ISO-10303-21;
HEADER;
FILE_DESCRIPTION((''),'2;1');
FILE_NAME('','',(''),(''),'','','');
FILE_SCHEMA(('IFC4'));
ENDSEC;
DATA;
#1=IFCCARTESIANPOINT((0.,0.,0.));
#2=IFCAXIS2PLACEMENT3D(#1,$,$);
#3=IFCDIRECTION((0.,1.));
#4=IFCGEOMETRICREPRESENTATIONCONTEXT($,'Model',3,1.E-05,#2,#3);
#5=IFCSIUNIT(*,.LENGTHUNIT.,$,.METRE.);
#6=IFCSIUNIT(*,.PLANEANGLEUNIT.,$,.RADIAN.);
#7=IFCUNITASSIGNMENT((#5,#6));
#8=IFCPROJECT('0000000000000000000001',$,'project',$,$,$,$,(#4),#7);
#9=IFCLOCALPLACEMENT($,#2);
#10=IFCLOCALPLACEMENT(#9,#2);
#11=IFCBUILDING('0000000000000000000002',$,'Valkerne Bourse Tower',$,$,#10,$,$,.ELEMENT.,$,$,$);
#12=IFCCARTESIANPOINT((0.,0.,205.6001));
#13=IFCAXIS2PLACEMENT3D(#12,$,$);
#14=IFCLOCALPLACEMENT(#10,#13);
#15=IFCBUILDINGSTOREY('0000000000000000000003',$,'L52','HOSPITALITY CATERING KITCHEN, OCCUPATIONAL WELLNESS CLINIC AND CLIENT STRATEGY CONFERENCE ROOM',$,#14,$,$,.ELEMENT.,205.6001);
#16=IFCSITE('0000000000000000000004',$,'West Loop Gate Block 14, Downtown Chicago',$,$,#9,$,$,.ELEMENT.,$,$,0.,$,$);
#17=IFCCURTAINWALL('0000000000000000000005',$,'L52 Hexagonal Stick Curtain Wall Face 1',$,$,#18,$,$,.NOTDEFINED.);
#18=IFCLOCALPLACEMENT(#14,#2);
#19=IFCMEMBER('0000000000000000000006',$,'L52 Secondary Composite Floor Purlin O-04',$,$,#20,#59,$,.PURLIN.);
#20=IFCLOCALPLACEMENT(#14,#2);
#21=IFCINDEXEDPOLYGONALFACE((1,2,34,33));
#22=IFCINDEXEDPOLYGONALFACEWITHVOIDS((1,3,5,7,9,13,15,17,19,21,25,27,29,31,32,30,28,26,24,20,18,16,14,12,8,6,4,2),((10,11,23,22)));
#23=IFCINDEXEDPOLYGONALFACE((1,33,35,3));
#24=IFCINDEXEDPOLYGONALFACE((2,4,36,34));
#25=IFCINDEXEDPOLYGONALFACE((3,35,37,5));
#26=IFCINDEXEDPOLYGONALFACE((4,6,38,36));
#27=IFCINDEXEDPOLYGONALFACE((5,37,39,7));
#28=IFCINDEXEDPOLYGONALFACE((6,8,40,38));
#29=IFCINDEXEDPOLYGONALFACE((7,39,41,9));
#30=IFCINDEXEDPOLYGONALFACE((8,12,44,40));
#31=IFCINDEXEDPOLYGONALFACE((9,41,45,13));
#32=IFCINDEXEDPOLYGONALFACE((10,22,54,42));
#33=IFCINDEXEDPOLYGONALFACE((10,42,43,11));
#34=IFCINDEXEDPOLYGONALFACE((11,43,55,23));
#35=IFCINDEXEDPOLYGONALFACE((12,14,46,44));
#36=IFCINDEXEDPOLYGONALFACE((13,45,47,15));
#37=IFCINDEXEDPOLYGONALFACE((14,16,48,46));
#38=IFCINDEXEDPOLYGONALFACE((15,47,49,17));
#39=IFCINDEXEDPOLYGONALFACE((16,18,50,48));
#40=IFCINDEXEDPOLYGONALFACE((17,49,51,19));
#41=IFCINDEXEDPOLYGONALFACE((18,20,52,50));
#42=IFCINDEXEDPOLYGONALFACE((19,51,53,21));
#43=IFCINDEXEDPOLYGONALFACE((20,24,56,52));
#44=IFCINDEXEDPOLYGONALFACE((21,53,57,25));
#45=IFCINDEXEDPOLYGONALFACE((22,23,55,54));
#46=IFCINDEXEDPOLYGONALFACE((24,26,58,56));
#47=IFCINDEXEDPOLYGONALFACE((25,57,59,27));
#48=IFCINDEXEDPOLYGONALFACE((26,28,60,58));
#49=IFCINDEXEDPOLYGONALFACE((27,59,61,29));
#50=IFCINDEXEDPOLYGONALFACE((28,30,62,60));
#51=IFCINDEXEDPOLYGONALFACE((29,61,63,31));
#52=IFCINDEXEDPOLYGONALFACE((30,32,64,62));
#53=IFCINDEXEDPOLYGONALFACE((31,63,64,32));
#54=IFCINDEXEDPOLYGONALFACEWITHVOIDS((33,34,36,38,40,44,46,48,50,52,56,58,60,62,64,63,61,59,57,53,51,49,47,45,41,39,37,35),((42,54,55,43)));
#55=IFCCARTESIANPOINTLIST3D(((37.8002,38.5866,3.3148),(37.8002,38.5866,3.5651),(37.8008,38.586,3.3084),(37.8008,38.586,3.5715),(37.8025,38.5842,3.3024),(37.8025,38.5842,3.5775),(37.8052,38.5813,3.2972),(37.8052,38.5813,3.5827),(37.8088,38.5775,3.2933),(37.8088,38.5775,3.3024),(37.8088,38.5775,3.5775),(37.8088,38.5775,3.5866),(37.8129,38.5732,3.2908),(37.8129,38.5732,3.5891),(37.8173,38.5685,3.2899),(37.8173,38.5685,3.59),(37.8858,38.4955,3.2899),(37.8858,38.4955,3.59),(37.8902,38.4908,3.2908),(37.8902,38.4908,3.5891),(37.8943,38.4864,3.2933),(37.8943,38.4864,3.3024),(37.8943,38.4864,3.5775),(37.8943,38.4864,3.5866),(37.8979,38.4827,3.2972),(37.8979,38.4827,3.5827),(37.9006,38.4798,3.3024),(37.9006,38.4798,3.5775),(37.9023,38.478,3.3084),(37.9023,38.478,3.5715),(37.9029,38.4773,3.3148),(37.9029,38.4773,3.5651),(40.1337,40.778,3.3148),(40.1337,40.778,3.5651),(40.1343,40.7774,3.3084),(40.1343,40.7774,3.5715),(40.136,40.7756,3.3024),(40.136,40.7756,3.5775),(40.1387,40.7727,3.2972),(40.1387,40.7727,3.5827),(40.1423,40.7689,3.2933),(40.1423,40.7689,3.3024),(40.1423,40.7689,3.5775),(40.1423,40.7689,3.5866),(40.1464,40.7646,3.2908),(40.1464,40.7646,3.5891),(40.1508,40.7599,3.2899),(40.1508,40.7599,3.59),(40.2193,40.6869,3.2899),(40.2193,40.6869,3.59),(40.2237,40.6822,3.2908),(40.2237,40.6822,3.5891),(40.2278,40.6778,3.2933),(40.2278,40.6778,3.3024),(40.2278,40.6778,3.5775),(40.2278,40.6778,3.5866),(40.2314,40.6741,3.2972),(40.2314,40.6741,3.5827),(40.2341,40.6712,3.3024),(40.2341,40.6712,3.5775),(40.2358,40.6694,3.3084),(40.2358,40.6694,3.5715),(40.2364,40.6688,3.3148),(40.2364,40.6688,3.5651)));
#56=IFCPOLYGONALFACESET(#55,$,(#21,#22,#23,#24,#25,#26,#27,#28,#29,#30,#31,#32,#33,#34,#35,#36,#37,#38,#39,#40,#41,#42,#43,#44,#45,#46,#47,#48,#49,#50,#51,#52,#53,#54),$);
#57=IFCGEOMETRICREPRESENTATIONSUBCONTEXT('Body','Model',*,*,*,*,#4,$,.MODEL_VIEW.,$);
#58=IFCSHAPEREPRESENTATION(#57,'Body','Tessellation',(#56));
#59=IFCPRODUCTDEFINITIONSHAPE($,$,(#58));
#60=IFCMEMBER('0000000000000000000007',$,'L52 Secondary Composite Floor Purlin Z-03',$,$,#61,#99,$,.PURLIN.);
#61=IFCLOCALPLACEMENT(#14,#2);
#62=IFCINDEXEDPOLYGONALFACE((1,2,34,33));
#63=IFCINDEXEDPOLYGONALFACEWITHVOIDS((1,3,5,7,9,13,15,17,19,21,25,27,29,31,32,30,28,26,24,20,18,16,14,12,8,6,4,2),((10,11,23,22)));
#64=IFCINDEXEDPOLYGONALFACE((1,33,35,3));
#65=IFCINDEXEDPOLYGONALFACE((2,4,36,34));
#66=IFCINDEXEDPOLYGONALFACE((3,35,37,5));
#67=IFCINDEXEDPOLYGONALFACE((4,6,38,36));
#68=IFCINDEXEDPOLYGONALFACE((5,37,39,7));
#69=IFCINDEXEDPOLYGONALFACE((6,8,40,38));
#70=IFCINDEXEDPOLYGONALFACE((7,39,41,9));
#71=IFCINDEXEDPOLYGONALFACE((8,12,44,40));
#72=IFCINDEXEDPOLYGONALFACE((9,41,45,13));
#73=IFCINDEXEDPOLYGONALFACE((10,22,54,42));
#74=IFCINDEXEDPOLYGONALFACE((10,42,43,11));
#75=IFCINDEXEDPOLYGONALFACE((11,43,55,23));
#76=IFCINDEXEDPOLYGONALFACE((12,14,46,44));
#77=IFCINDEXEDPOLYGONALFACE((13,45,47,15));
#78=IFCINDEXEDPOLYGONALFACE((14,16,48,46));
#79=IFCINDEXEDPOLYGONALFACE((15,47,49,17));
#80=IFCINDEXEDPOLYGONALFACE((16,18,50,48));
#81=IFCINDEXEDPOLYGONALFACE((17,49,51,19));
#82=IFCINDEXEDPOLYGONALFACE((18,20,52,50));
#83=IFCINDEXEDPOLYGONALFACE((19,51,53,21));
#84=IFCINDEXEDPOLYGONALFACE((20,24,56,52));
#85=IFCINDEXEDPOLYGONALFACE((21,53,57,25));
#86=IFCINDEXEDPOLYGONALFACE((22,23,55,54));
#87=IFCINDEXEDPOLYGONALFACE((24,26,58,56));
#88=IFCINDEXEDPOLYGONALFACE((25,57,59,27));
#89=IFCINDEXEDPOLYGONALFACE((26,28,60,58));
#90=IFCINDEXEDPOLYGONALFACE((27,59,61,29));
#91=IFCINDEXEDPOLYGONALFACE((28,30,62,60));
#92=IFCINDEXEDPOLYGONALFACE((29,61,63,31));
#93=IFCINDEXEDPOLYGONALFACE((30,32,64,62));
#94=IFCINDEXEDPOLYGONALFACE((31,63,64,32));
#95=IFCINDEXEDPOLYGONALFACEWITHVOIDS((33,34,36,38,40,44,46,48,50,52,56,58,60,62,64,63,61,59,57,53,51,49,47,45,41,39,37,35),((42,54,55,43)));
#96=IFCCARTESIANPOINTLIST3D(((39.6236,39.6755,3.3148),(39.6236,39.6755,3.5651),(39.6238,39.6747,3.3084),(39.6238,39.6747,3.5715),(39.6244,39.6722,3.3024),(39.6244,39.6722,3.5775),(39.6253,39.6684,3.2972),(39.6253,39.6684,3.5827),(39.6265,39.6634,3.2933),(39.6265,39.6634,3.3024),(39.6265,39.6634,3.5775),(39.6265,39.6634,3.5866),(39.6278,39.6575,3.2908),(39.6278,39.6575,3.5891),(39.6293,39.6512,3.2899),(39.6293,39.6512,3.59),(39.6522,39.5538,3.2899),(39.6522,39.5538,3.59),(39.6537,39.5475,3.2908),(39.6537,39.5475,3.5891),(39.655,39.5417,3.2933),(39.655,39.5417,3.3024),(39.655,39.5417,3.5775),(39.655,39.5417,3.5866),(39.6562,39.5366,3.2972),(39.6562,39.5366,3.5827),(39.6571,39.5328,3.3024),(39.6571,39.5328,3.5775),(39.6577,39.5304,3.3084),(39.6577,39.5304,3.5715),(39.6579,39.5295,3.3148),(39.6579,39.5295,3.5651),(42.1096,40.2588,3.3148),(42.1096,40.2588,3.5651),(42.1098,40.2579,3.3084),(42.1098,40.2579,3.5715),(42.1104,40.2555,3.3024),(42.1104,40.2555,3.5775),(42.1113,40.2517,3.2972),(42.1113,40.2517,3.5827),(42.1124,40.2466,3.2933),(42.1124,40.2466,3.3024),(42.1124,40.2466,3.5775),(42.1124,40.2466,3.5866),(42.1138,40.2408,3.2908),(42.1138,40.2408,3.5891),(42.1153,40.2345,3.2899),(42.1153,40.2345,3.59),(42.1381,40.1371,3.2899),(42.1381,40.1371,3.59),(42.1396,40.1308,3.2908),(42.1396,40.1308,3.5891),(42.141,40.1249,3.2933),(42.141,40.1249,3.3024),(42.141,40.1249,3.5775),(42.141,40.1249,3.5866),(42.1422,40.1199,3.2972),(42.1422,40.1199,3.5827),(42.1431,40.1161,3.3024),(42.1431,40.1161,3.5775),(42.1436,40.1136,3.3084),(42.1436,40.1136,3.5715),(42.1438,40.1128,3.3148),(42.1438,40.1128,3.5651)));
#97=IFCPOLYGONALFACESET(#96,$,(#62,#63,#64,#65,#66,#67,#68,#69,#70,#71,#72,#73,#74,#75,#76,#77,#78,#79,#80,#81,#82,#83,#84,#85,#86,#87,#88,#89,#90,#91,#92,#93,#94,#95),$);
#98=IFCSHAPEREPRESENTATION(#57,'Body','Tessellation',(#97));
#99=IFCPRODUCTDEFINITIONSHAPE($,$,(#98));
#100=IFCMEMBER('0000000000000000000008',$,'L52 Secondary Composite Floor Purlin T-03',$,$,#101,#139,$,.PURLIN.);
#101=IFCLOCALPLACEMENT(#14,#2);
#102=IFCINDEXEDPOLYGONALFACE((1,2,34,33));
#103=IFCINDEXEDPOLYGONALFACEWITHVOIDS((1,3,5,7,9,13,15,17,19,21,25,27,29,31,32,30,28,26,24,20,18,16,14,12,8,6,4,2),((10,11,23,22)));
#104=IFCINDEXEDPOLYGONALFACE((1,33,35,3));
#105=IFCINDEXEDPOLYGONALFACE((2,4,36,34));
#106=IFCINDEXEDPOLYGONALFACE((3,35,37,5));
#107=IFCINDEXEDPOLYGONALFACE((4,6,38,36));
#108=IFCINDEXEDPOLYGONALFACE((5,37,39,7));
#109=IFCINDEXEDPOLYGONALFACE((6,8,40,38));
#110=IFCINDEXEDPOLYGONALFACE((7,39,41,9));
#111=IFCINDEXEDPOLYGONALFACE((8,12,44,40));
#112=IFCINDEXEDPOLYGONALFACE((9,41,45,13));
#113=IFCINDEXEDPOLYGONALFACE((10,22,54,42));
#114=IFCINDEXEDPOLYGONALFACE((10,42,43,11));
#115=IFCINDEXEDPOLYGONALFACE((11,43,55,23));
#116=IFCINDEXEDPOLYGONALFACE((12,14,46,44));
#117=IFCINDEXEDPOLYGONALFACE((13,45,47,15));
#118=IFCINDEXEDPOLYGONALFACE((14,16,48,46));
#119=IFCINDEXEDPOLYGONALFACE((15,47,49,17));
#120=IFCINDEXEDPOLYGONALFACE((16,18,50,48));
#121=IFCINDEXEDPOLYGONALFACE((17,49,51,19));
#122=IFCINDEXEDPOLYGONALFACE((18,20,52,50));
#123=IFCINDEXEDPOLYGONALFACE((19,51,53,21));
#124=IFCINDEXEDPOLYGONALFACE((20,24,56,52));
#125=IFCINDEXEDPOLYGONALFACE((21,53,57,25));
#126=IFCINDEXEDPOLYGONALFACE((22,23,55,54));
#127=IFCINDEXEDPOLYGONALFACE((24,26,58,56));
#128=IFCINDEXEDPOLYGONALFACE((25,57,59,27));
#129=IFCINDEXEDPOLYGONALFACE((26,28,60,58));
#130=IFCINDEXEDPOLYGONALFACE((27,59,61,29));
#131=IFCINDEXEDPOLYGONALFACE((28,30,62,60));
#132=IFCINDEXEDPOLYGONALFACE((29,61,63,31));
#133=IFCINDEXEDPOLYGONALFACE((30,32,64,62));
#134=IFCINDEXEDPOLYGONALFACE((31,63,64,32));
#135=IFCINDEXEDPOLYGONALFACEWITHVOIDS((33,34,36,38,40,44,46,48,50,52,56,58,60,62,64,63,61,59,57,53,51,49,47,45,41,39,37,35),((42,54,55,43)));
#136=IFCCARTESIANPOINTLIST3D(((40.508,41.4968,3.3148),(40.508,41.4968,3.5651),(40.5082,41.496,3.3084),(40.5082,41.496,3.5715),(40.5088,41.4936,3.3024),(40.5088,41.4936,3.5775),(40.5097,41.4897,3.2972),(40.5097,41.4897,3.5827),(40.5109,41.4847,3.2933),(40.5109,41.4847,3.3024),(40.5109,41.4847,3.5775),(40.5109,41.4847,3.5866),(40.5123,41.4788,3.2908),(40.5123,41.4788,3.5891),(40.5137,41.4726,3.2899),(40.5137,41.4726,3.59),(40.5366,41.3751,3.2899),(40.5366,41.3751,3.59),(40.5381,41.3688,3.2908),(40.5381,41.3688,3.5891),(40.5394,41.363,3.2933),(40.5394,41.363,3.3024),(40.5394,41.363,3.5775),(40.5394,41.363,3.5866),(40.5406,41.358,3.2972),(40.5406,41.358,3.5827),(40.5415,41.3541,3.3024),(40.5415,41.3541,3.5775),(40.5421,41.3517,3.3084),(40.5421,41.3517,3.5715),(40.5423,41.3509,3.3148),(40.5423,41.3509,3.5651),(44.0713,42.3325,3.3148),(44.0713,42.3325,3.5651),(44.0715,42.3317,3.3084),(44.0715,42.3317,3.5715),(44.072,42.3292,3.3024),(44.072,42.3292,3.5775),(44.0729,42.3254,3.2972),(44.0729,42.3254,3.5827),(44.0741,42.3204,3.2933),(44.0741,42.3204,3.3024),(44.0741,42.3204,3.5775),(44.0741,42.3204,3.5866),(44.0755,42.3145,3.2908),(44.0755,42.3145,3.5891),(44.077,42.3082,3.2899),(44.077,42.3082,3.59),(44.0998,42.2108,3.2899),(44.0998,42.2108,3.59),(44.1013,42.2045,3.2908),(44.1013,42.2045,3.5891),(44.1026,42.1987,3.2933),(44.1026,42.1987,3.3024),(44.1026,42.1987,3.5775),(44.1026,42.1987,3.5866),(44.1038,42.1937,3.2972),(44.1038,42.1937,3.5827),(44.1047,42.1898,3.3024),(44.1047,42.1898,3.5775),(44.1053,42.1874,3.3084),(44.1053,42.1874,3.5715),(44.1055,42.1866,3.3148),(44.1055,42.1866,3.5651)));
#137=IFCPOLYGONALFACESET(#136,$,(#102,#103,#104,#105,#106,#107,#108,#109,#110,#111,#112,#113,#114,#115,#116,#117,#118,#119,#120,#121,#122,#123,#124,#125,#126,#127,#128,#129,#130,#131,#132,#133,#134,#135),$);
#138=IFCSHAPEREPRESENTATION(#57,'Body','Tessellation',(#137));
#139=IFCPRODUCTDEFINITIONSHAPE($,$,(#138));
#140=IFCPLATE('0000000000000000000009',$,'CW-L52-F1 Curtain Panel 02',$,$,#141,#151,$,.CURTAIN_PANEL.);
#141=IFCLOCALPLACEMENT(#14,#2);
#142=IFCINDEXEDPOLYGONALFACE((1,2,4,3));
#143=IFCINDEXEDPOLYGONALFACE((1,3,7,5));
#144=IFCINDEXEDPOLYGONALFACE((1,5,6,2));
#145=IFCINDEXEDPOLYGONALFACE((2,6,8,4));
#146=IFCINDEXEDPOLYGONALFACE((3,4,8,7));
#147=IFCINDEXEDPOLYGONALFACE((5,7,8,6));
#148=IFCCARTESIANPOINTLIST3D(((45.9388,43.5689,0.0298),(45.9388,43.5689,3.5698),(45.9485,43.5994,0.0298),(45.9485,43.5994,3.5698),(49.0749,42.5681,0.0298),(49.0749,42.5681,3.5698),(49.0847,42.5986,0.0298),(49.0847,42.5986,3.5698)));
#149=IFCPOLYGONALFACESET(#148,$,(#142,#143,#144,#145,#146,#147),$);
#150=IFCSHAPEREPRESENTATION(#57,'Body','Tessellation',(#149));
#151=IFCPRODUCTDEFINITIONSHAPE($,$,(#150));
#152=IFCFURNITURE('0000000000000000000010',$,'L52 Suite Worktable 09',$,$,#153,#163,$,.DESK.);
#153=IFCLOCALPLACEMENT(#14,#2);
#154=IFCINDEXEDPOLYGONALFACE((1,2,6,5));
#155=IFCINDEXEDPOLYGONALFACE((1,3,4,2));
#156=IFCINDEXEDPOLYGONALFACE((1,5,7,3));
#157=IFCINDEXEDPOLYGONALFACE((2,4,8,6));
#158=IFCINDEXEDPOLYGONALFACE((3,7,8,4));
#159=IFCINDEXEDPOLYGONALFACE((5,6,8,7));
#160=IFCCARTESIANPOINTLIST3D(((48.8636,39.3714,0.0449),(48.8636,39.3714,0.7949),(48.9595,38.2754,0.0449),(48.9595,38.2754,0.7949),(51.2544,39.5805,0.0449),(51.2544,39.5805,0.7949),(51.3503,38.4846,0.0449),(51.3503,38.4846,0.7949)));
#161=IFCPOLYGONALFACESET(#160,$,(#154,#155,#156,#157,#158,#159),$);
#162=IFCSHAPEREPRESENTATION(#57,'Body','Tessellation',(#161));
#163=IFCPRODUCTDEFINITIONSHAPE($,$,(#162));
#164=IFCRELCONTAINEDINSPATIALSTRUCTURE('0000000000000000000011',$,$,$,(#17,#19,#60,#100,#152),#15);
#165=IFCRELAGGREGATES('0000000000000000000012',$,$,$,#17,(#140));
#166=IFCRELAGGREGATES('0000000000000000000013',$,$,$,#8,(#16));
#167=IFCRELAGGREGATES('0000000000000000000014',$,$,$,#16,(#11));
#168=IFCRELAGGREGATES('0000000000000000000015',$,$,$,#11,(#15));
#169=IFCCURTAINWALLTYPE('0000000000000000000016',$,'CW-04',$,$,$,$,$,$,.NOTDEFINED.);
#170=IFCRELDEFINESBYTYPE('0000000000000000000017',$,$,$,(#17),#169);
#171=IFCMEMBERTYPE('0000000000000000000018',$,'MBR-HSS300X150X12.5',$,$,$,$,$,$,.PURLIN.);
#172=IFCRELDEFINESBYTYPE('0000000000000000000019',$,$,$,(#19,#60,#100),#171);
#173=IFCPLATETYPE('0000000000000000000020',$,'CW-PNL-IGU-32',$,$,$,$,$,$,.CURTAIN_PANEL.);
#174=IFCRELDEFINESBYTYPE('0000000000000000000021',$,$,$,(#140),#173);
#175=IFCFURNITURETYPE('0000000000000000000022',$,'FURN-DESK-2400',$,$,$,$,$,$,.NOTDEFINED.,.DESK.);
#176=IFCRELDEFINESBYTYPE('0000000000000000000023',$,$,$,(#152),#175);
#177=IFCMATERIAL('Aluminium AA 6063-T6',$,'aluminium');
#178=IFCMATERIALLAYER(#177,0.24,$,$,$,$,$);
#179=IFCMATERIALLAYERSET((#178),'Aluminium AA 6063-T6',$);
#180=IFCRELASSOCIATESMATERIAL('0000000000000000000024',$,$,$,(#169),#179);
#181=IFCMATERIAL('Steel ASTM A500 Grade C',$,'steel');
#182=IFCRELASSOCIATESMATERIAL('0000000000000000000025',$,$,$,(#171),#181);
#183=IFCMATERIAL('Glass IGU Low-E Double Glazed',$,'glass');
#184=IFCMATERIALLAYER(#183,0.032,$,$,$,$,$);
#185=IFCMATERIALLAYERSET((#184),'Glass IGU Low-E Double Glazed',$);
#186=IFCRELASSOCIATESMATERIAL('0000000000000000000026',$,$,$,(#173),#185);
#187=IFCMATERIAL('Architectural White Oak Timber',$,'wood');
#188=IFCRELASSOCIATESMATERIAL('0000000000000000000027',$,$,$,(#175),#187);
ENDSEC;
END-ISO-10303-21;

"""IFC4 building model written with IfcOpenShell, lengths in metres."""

from ifc_helpers import new_model, si_unit, direction, frame, origin, origin_2d, place, context, subcontext, project, spatial, rectangle, hollow_rectangle, extrude, material, layer, layer_set, material_profile, profile_set, type_object, element, aggregate, save


model = new_model("IFC4")

# Units and contexts
model_context = context("Model", 3, precision=1e-05, world=origin(), true_north=direction((0.0, 1.0)))
body_context = subcontext(model_context, "Body", "Model", "MODEL_VIEW")
ifc_project = project(units=[si_unit("LENGTHUNIT", "METRE"), si_unit("PLANEANGLEUNIT", "RADIAN")], contexts=[model_context])

# Site, building, storey
site_placement = place(None, origin())
site = spatial("IfcSite", under=ifc_project, at=site_placement, Name="West Loop Gate Block 14, Downtown Chicago", CompositionType="ELEMENT", RefElevation=0.0)
building_placement = place(site_placement, origin())
building = spatial("IfcBuilding", under=site, at=building_placement, Name="Valkerne Bourse Tower", CompositionType="ELEMENT")
storey_placement = place(building_placement, frame((0.0, 0.0, 205.6001)))
storey = spatial("IfcBuildingStorey", under=building, at=storey_placement, Name="L52", Description="HOSPITALITY CATERING KITCHEN, OCCUPATIONAL WELLNESS CLINIC AND CLIENT STRATEGY CONFERENCE ROOM", CompositionType="ELEMENT", Elevation=205.6001)

# Curtain wall
ifc_material_1 = material(Name="Aluminium AA 6063-T6", Category="aluminium")
ifc_layer_1 = layer(ifc_material_1, 0.24)
ifc_layer_set_1 = layer_set([ifc_layer_1], Name="Aluminium AA 6063-T6")
curtain_wall_type = type_object("IfcCurtainWallType", Name="CW-04", PredefinedType="NOTDEFINED", material=ifc_layer_set_1)
curtain_wall_1_placement = place(storey_placement, origin())
curtain_wall_1 = element("IfcCurtainWall", 1, at=curtain_wall_1_placement, inside=storey, type_object=curtain_wall_type, Name="L52 Hexagonal Stick Curtain Wall Face 1", PredefinedType="NOTDEFINED")

# Members
ifc_material_2 = material(Name="Steel ASTM A500 Grade C", Category="steel")
ifc_material_profile_1 = material_profile(ifc_material_2, hollow_rectangle(XDim=0.1499, YDim=0.3, WallThickness=0.0125, OuterFilletRadius=0.0249, at=origin_2d()), Name="HSS300X150X12.5")
ifc_profile_set_1 = profile_set([ifc_material_profile_1], Name="Steel ASTM A500 Grade C")
member_type_1 = type_object("IfcMemberType", Name="MBR-HSS300X150X12.5", PredefinedType="PURLIN", material=ifc_profile_set_1)
member_1_placement = place(storey_placement, frame((40.1851, 40.7234, 3.4399), z_axis=(-0.728952, -0.684565, 0.0), x_axis=(0.684565, -0.728952, 0.0)))
element("IfcMember", 2, at=member_1_placement, inside=storey, type_object=member_type_1, Name="L52 Secondary Composite Floor Purlin O-04", PredefinedType="PURLIN", context=body_context, shape_type="SweptSolid", body=[
    extrude(hollow_rectangle(XDim=0.1499, YDim=0.3, WallThickness=0.0125, OuterFilletRadius=0.0249, at=origin_2d()), origin(), (0.0, 0.0, 1.0), 3.2012),
])
member_2_placement = place(storey_placement, frame((42.1267, 40.1858, 3.4399), z_axis=(-0.973561, -0.228426, 0.0), x_axis=(0.228426, -0.973561, 0.0)))
element("IfcMember", 3, at=member_2_placement, inside=storey, type_object=member_type_1, Name="L52 Secondary Composite Floor Purlin Z-03", PredefinedType="PURLIN", context=body_context, shape_type="SweptSolid", body=[
    extrude(hollow_rectangle(XDim=0.1499, YDim=0.3, WallThickness=0.0125, OuterFilletRadius=0.0249, at=origin_2d()), origin(), (0.0, 0.0, 1.0), 2.5535),
])
member_3_placement = place(storey_placement, frame((44.0884, 42.2595, 3.4399), z_axis=(-0.973582, -0.228337, 0.0), x_axis=(0.228337, -0.973582, 0.0)))
element("IfcMember", 4, at=member_3_placement, inside=storey, type_object=member_type_1, Name="L52 Secondary Composite Floor Purlin T-03", PredefinedType="PURLIN", context=body_context, shape_type="SweptSolid", body=[
    extrude(hollow_rectangle(XDim=0.1499, YDim=0.3, WallThickness=0.0125, OuterFilletRadius=0.0249, at=origin_2d()), origin(), (0.0, 0.0, 1.0), 3.6599),
])

# Plate
ifc_material_3 = material(Name="Glass IGU Low-E Double Glazed", Category="glass")
ifc_layer_2 = layer(ifc_material_3, 0.032)
ifc_layer_set_2 = layer_set([ifc_layer_2], Name="Glass IGU Low-E Double Glazed")
plate_type = type_object("IfcPlateType", Name="CW-PNL-IGU-32", PredefinedType="CURTAIN_PANEL", material=ifc_layer_set_2)
plate_placement = place(storey_placement, frame((47.5117, 43.0837, 0.0298), z_axis=(0.0, 0.0, 1.0), x_axis=(-0.952667, 0.304015, 0.0)))
plate = element("IfcPlate", 5, at=plate_placement, type_object=plate_type, Name="CW-L52-F1 Curtain Panel 02", PredefinedType="CURTAIN_PANEL", context=body_context, shape_type="SweptSolid", body=[
    extrude(rectangle(XDim=3.292, YDim=0.032, at=origin_2d()), origin(), (0.0, 0.0, 1.0), 3.54),
])
aggregate(curtain_wall_1, [plate])

# Furniture
ifc_material_4 = material(Name="Architectural White Oak Timber", Category="wood")
furniture_type = type_object("IfcFurnitureType", Name="FURN-DESK-2400", AssemblyPlace="NOTDEFINED", PredefinedType="DESK", material=ifc_material_4)
furniture_placement = place(storey_placement, frame((50.1069, 38.928, 0.0449), z_axis=(0.0, 0.0, 1.0), x_axis=(0.996195, 0.087156, 0.0)))
element("IfcFurniture", 6, at=furniture_placement, inside=storey, type_object=furniture_type, Name="L52 Suite Worktable 09", PredefinedType="DESK", context=body_context, shape_type="SweptSolid", body=[
    extrude(rectangle(XDim=2.3999, YDim=1.1001, at=origin_2d()), origin(), (0.0, 0.0, 1.0), 0.75),
])

save(model, "model.ifc")
